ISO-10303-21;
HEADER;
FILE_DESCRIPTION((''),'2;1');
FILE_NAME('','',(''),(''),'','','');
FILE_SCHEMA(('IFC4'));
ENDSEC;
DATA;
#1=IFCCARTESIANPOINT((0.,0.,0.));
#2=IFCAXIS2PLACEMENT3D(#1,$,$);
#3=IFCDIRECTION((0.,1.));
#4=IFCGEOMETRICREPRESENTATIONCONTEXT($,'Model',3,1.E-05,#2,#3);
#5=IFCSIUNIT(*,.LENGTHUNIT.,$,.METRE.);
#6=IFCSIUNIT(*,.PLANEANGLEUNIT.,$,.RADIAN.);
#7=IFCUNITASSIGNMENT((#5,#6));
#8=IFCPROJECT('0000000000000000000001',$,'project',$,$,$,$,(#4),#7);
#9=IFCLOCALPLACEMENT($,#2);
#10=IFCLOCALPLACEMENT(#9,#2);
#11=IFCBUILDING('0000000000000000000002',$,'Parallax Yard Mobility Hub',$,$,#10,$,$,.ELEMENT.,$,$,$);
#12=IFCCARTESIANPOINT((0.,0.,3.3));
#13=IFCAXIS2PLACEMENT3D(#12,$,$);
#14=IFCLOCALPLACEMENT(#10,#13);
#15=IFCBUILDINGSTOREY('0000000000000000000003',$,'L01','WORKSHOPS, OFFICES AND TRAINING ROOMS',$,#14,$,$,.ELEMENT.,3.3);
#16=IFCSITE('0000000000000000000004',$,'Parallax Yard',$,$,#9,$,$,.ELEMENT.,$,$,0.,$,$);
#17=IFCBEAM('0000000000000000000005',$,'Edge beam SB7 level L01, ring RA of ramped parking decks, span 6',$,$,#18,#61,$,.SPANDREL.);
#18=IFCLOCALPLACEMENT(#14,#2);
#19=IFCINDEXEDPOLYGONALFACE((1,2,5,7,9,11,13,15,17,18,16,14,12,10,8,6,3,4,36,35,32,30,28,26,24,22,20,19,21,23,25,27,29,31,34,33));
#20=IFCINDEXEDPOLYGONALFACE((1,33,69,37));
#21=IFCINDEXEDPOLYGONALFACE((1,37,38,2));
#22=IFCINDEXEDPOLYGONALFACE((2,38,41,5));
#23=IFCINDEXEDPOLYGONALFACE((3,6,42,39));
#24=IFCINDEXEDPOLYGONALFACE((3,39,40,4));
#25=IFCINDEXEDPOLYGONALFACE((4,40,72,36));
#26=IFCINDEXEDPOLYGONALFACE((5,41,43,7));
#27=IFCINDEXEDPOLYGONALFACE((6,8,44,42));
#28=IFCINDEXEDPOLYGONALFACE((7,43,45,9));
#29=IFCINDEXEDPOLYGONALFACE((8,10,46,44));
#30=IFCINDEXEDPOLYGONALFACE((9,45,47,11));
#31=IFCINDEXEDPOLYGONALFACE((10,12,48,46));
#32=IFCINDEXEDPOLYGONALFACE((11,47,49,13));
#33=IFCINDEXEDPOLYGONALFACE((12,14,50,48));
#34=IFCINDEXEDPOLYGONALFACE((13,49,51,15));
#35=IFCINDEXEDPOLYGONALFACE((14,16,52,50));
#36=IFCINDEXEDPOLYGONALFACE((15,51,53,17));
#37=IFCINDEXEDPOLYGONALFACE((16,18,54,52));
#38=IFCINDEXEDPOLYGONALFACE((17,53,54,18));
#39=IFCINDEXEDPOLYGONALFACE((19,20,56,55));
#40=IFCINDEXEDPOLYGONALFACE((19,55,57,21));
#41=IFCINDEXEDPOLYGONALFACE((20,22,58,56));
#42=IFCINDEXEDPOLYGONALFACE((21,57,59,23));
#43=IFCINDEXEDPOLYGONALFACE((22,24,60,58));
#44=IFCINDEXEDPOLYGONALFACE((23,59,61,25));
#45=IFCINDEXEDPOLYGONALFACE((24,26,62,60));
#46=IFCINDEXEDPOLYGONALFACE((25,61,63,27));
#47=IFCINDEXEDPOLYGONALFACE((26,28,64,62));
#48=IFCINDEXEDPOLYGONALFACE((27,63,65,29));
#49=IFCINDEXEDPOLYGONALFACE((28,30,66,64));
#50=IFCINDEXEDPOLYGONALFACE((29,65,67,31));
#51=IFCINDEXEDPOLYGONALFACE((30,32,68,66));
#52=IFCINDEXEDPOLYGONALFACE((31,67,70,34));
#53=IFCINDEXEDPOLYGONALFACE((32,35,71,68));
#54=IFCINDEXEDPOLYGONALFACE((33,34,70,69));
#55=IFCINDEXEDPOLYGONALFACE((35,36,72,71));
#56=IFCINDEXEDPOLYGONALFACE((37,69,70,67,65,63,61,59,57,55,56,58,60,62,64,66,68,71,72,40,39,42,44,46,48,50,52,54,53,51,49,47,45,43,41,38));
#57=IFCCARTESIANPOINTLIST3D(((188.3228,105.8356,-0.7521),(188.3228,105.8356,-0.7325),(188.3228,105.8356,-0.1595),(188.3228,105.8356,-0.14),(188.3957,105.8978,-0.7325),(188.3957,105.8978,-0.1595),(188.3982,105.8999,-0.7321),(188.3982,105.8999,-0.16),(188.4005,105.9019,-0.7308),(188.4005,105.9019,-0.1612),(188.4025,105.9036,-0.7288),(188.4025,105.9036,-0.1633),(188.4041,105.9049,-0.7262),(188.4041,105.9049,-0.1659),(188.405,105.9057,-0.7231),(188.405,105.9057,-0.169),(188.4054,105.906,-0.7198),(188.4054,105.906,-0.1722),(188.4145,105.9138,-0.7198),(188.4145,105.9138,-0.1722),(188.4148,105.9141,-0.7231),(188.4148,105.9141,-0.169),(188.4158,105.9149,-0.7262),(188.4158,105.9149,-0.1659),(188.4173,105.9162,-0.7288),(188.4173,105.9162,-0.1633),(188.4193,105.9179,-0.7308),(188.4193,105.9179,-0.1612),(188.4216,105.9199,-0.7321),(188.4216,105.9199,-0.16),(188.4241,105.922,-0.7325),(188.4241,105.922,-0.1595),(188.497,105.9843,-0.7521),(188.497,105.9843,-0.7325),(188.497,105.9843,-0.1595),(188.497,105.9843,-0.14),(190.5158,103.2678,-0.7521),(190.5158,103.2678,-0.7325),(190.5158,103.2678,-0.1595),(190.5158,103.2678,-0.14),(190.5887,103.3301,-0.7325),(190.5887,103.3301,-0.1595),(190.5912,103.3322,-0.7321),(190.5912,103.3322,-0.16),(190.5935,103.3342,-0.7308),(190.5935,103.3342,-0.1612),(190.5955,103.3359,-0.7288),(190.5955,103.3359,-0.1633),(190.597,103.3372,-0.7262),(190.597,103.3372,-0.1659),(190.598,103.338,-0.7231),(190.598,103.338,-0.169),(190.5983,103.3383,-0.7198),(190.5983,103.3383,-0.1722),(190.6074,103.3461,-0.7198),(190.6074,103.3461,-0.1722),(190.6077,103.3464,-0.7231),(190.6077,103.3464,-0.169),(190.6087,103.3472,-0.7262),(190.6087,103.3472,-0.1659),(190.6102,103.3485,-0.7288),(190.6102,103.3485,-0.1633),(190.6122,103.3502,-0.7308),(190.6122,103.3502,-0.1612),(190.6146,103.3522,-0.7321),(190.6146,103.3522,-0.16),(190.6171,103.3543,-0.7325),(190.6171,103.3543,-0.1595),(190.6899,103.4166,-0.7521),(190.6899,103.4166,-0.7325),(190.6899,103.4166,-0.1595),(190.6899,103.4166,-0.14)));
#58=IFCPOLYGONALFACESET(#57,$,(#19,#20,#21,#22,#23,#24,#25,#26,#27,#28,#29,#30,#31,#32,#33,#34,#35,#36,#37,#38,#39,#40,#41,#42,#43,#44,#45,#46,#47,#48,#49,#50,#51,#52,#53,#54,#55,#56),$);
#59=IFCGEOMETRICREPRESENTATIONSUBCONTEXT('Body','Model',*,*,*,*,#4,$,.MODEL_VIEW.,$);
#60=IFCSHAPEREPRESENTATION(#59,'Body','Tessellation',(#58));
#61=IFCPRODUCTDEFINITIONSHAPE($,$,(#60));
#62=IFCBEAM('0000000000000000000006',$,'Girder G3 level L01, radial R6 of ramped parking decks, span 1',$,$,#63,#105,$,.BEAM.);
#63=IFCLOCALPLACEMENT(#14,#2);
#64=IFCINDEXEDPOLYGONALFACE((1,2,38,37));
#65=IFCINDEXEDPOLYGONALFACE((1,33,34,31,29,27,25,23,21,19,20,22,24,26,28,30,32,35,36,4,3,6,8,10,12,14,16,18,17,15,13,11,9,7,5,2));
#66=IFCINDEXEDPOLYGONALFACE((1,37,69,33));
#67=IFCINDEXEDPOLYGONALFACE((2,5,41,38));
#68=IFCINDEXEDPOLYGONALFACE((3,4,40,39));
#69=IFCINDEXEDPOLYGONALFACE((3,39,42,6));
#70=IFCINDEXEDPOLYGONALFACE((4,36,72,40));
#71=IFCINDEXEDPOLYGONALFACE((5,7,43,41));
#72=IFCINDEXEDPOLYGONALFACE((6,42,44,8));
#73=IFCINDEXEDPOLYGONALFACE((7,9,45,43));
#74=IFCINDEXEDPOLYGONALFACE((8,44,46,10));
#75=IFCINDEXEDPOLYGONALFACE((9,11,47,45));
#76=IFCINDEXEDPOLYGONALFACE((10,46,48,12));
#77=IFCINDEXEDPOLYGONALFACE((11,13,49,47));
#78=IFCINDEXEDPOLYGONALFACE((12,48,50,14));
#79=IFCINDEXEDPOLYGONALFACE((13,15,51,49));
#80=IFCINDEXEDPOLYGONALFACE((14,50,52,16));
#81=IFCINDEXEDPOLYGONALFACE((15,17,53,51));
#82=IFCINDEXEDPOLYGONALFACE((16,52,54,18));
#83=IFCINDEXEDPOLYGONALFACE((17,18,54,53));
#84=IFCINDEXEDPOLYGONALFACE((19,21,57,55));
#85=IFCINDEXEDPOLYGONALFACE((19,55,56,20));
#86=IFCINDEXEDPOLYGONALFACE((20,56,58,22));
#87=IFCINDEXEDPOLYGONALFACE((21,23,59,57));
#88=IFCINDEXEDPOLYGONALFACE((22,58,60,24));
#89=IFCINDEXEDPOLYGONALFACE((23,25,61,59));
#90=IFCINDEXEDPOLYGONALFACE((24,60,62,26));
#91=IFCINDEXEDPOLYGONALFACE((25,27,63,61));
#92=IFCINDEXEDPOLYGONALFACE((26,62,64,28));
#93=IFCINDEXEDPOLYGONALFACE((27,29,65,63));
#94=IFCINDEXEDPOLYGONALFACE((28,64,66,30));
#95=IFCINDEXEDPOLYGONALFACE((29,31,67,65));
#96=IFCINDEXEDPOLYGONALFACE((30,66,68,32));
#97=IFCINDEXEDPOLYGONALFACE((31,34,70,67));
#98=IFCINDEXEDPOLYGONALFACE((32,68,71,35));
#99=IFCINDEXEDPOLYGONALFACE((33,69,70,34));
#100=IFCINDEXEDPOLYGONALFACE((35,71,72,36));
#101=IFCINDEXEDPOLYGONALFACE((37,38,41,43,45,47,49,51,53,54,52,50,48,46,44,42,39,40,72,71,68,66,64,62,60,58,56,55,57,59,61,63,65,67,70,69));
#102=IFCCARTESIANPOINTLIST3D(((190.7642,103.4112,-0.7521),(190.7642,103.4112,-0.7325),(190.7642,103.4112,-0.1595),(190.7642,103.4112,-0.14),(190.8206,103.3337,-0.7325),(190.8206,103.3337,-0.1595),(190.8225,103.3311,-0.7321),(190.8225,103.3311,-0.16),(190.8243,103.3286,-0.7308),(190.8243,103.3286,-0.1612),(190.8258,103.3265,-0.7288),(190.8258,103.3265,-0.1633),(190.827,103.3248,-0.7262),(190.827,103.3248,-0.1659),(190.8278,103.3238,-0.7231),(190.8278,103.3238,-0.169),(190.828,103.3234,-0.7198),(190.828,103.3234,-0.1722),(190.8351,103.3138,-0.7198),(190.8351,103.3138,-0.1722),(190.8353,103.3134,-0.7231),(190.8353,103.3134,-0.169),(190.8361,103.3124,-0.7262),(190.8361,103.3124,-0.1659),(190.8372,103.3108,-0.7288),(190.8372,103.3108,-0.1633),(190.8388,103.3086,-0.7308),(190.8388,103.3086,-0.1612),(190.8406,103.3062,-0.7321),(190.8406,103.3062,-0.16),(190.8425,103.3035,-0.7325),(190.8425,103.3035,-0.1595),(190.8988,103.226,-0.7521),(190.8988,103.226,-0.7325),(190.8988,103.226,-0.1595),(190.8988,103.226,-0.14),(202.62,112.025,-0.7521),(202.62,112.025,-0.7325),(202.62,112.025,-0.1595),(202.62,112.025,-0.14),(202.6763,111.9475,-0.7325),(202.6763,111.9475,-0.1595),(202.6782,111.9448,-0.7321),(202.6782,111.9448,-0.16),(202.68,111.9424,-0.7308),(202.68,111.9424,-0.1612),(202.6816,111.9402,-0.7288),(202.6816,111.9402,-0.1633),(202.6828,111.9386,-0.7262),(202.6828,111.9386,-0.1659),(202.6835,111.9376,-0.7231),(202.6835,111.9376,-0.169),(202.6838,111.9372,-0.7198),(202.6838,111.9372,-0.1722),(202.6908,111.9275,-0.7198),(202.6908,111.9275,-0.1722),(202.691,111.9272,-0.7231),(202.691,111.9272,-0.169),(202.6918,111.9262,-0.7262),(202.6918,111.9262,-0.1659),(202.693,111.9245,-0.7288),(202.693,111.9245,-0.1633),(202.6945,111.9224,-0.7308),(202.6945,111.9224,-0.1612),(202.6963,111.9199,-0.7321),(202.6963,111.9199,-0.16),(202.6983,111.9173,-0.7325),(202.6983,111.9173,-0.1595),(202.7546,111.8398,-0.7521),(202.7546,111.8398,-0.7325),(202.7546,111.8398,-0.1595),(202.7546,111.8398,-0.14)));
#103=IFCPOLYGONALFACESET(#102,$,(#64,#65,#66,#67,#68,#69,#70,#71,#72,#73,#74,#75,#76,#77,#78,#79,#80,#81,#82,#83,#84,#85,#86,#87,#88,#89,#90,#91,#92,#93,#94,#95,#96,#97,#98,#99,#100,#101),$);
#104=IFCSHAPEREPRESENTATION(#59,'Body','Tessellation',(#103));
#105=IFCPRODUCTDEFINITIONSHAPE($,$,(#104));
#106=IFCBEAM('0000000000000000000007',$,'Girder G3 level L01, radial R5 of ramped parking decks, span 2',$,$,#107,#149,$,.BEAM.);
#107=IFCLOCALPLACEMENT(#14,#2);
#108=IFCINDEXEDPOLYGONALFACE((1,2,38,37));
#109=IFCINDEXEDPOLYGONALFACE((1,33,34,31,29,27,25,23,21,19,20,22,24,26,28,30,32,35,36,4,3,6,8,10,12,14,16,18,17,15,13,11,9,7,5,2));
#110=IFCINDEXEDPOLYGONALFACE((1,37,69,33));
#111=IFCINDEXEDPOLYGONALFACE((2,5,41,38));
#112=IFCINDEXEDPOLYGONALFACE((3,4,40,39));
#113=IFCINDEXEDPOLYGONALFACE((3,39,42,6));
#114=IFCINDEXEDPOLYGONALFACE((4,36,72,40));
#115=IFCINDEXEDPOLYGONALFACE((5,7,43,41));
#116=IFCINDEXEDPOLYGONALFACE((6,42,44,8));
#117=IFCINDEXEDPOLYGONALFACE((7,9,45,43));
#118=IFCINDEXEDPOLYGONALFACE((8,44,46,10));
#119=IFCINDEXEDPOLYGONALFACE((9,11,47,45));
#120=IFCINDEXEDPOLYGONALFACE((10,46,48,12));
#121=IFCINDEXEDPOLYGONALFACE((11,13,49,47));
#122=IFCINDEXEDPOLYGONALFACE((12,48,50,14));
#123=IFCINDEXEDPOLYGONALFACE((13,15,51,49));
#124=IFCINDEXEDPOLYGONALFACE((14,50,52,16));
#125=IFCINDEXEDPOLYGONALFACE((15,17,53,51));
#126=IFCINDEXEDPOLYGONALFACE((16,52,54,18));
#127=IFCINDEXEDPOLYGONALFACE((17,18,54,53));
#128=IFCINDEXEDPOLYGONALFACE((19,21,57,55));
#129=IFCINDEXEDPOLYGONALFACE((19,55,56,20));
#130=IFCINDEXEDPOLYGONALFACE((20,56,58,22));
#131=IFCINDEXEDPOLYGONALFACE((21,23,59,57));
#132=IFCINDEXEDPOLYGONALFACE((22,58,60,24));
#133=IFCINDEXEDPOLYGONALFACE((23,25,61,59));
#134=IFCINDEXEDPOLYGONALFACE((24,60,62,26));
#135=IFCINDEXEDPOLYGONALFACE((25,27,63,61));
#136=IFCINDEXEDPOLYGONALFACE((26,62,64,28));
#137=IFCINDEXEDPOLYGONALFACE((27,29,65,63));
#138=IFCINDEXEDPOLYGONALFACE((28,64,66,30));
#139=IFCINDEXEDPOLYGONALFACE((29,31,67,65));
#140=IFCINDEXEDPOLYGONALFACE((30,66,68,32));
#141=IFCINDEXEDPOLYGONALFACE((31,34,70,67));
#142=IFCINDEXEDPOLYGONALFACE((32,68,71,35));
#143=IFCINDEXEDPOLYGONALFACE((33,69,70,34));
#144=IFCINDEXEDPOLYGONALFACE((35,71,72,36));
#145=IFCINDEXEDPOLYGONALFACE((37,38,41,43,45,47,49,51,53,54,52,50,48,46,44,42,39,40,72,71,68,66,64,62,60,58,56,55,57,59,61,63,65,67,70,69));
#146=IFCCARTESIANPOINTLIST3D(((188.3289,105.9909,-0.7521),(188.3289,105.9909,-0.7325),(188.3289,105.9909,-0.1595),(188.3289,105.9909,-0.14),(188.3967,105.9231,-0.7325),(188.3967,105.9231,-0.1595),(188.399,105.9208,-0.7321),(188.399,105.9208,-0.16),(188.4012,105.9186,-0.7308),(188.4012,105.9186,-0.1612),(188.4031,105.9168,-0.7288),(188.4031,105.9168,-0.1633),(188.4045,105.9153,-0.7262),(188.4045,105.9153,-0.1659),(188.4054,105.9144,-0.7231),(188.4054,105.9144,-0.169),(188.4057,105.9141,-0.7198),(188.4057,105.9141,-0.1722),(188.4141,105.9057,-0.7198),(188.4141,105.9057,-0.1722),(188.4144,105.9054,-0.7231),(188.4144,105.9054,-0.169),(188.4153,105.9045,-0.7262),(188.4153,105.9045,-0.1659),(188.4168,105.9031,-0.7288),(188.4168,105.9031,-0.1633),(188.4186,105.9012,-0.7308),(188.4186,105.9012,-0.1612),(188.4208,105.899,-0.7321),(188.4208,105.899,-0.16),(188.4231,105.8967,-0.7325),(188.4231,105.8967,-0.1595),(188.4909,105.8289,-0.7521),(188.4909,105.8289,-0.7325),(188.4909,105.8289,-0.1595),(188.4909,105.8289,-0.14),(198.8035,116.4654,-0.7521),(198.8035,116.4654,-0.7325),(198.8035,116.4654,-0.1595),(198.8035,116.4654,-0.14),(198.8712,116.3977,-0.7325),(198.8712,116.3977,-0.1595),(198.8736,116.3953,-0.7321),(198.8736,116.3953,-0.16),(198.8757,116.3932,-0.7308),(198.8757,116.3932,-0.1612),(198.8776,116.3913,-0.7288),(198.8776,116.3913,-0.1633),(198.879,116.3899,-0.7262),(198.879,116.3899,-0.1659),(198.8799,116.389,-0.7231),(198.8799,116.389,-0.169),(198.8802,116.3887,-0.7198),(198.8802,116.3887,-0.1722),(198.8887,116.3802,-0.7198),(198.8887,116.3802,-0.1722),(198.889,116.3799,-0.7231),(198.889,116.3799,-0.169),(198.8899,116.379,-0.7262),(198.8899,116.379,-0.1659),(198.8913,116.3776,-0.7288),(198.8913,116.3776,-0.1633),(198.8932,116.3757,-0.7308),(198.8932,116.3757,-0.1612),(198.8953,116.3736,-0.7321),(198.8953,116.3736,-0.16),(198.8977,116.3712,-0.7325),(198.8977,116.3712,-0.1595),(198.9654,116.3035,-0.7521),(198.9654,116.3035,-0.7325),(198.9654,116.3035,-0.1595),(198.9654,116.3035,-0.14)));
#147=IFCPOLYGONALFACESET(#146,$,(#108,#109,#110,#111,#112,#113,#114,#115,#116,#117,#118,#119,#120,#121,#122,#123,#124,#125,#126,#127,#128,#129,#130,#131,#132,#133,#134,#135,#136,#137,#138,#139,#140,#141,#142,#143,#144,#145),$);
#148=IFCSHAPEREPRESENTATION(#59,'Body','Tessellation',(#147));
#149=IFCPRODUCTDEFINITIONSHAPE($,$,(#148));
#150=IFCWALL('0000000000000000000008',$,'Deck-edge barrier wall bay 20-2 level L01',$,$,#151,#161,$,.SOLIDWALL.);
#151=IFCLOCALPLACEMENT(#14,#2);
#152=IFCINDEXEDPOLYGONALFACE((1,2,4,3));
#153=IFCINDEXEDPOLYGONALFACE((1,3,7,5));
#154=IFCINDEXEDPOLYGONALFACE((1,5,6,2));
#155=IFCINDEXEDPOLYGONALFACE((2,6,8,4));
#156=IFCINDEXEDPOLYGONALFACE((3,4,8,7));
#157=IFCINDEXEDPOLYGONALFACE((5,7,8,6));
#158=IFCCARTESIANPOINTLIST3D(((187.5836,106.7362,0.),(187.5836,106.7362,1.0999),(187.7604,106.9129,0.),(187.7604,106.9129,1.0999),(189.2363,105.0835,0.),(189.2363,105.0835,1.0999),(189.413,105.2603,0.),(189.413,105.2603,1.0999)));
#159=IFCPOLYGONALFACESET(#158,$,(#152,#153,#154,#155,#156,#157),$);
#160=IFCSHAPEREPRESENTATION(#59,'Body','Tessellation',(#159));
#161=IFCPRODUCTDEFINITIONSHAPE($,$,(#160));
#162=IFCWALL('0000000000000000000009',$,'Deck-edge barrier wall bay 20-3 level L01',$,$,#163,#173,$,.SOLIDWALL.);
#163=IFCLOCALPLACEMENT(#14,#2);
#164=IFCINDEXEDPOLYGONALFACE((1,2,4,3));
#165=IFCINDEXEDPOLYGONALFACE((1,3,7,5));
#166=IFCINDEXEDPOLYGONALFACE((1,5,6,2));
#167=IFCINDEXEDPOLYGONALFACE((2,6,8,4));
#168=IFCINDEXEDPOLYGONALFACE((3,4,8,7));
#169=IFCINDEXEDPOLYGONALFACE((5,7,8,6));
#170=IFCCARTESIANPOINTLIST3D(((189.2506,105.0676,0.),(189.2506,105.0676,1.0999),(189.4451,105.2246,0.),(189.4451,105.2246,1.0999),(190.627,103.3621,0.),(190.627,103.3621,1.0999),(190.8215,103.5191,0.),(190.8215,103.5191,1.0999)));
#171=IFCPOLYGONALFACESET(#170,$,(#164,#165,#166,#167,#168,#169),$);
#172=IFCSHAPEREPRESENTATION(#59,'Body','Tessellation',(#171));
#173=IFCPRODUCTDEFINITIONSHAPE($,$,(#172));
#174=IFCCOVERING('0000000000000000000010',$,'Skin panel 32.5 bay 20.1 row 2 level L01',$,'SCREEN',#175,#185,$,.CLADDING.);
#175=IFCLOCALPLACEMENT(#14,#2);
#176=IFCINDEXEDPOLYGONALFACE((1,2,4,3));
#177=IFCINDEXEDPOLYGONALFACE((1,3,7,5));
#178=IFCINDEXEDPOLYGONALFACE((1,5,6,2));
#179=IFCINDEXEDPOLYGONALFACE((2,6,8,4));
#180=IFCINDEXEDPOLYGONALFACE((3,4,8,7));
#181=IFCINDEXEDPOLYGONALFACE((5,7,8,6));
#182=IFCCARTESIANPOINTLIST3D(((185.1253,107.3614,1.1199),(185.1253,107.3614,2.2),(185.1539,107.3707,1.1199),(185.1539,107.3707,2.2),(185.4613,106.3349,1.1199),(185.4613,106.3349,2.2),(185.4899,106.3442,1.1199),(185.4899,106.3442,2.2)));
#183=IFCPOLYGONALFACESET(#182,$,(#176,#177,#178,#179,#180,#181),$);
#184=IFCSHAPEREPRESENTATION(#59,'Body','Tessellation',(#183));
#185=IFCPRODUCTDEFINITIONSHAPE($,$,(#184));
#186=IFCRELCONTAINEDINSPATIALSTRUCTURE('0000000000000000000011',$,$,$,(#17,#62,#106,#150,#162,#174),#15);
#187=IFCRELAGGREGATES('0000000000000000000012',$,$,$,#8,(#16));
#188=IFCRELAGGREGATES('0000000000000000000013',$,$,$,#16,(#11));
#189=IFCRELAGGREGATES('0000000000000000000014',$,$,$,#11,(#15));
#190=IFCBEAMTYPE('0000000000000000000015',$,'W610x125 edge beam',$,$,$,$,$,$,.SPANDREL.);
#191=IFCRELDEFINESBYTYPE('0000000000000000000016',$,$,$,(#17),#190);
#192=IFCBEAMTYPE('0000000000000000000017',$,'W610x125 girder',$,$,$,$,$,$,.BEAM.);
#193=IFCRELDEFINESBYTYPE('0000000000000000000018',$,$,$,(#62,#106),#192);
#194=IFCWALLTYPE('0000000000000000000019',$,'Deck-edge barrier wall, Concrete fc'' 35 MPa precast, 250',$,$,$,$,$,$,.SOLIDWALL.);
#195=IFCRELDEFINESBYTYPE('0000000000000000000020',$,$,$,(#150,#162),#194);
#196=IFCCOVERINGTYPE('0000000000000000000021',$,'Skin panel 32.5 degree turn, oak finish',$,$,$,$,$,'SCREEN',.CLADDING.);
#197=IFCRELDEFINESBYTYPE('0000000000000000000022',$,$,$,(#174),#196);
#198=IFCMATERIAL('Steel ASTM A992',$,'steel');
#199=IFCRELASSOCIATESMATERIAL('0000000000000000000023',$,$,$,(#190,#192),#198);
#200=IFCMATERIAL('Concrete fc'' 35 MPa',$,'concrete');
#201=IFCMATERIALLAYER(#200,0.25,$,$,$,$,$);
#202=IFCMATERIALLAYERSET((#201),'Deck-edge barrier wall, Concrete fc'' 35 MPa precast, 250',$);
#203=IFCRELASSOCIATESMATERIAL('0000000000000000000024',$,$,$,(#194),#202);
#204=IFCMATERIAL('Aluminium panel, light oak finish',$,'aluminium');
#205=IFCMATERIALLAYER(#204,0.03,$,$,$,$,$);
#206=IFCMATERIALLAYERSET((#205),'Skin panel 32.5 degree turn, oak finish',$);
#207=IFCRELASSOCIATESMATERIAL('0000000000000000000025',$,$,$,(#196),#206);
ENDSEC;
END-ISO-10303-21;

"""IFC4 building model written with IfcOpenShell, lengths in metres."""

from ifc_helpers import new_model, si_unit, direction, frame, frame_2d, origin, origin_2d, place, context, subcontext, project, spatial, rectangle, i_section, extrude, material, layer, layer_set, material_profile, profile_set, type_object, element, save


model = new_model("IFC4")

# Units and contexts
model_context = context("Model", 3, precision=1e-05, world=origin(), true_north=direction((0.0, 1.0)))
body_context = subcontext(model_context, "Body", "Model", "MODEL_VIEW")
ifc_project = project(units=[si_unit("LENGTHUNIT", "METRE"), si_unit("PLANEANGLEUNIT", "RADIAN")], contexts=[model_context])

# Site, building, storey
site_placement = place(None, origin())
site = spatial("IfcSite", under=ifc_project, at=site_placement, Name="Parallax Yard", CompositionType="ELEMENT", RefElevation=0.0)
building_placement = place(site_placement, origin())
building = spatial("IfcBuilding", under=site, at=building_placement, Name="Parallax Yard Mobility Hub", CompositionType="ELEMENT")
storey_placement = place(building_placement, frame((0.0, 0.0, 3.3)))
storey = spatial("IfcBuildingStorey", under=building, at=storey_placement, Name="L01", Description="WORKSHOPS, OFFICES AND TRAINING ROOMS", CompositionType="ELEMENT", Elevation=3.3)

# Shared definitions
ifc_material_1 = material(Name="Steel ASTM A992", Category="steel")

# Beams
ifc_material_profile_1 = material_profile(ifc_material_1, i_section(OverallWidth=0.229, OverallDepth=0.6121, WebThickness=0.012, FlangeThickness=0.0195, FilletRadius=0.0127, at=origin_2d()), Name="W610x125")
ifc_profile_set_1 = profile_set([ifc_material_profile_1], Name="Steel ASTM A992")
beam_type_1 = type_object("IfcBeamType", Name="W610x125 edge beam", PredefinedType="SPANDREL", material=ifc_profile_set_1)
beam_1_placement = place(storey_placement, frame((188.4099, 105.9099, -0.446), z_axis=(0.649433, -0.760419, 0.0), x_axis=(0.760419, 0.649433, 0.0)))
element("IfcBeam", 1, at=beam_1_placement, inside=storey, type_object=beam_type_1, Name="Edge beam SB7 level L01, ring RA of ramped parking decks, span 6", PredefinedType="SPANDREL", context=body_context, shape_type="SweptSolid", body=[
    extrude(i_section(OverallWidth=0.229, OverallDepth=0.6121, WebThickness=0.012, FlangeThickness=0.0195, FilletRadius=0.0127, at=origin_2d()), origin(), (0.0, 0.0, 1.0), 3.3767),
])
ifc_material_profile_2 = material_profile(ifc_material_1, i_section(OverallWidth=0.229, OverallDepth=0.6121, WebThickness=0.012, FlangeThickness=0.0195, FilletRadius=0.0127, at=origin_2d()), Name="W610x125")
ifc_profile_set_2 = profile_set([ifc_material_profile_2], Name="Steel ASTM A992")
beam_type_2 = type_object("IfcBeamType", Name="W610x125 girder", PredefinedType="BEAM", material=ifc_profile_set_2)
beam_2_placement = place(storey_placement, frame((190.8315, 103.3186, -0.446), z_axis=(0.809014, 0.587789, 0.0), x_axis=(-0.587789, 0.809014, 0.0)))
element("IfcBeam", 2, at=beam_2_placement, inside=storey, type_object=beam_type_2, Name="Girder G3 level L01, radial R6 of ramped parking decks, span 1", PredefinedType="BEAM", context=body_context, shape_type="SweptSolid", body=[
    extrude(i_section(OverallWidth=0.229, OverallDepth=0.6121, WebThickness=0.012, FlangeThickness=0.0195, FilletRadius=0.0127, at=origin_2d()), origin(), (0.0, 0.0, 1.0), 14.6545),
])
beam_3_placement = place(storey_placement, frame((188.4099, 105.9099, -0.446), z_axis=(0.707107, 0.707107, 0.0), x_axis=(-0.707107, 0.707107, 0.0)))
element("IfcBeam", 3, at=beam_3_placement, inside=storey, type_object=beam_type_2, Name="Girder G3 level L01, radial R5 of ramped parking decks, span 2", PredefinedType="BEAM", context=body_context, shape_type="SweptSolid", body=[
    extrude(i_section(OverallWidth=0.229, OverallDepth=0.6121, WebThickness=0.012, FlangeThickness=0.0195, FilletRadius=0.0127, at=origin_2d()), origin(), (0.0, 0.0, 1.0), 14.8132),
])

# Walls
ifc_material_2 = material(Name="Concrete fc' 35 MPa", Category="concrete")
ifc_layer_1 = layer(ifc_material_2, 0.25)
ifc_layer_set_1 = layer_set([ifc_layer_1], Name="Deck-edge barrier wall, Concrete fc' 35 MPa precast, 250")
wall_type = type_object("IfcWallType", Name="Deck-edge barrier wall, Concrete fc' 35 MPa precast, 250", PredefinedType="SOLIDWALL", material=ifc_layer_set_1)
wall_1_placement = place(storey_placement, frame((187.6721, 106.8245, 0.0), z_axis=(0.0, 0.0, 1.0), x_axis=(0.707107, -0.707107, 0.0)))
element("IfcWall", 4, at=wall_1_placement, inside=storey, type_object=wall_type, Name="Deck-edge barrier wall bay 20-2 level L01", PredefinedType="SOLIDWALL", context=body_context, shape_type="SweptSolid", body=[
    extrude(rectangle(XDim=2.3372, YDim=0.25, at=frame_2d((1.1685, 0.0))), origin(), (0.0, 0.0, 1.0), 1.0999),
])
wall_2_placement = place(storey_placement, frame((189.3479, 105.146, 0.0), z_axis=(0.0, 0.0, 1.0), x_axis=(0.628031, -0.778188, 0.0)))
element("IfcWall", 5, at=wall_2_placement, inside=storey, type_object=wall_type, Name="Deck-edge barrier wall bay 20-3 level L01", PredefinedType="SOLIDWALL", context=body_context, shape_type="SweptSolid", body=[
    extrude(rectangle(XDim=2.1917, YDim=0.25, at=frame_2d((1.0957, 0.0))), origin(), (0.0, 0.0, 1.0), 1.0999),
])

# Covering
ifc_material_3 = material(Name="Aluminium panel, light oak finish", Category="aluminium")
ifc_layer_2 = layer(ifc_material_3, 0.03)
ifc_layer_set_2 = layer_set([ifc_layer_2], Name="Skin panel 32.5 degree turn, oak finish")
covering_type_1 = type_object("IfcCoveringType", Name="Skin panel 32.5 degree turn, oak finish", ElementType="SCREEN", PredefinedType="CLADDING", material=ifc_layer_set_2)
for number, where, z_axis, x_axis, name in (
    (6, (185.3076, 106.8528, 1.1199), (0.0, 0.0, 1.0), (0.311091, -0.95038, 0.0), "Skin panel 32.5 bay 20.1 row 2 level L01"),
):
    element("IfcCovering", number, at=place(storey_placement, frame(where, z_axis=z_axis, x_axis=x_axis)), inside=storey, type_object=covering_type_1, Name=name, ObjectType="SCREEN", PredefinedType="CLADDING", context=body_context, shape_type="SweptSolid", body=[
        extrude(rectangle(XDim=1.0801, YDim=0.03, at=origin_2d()), origin(), (0.0, 0.0, 1.0), 1.0801),
    ])

save(model, "model.ifc")
